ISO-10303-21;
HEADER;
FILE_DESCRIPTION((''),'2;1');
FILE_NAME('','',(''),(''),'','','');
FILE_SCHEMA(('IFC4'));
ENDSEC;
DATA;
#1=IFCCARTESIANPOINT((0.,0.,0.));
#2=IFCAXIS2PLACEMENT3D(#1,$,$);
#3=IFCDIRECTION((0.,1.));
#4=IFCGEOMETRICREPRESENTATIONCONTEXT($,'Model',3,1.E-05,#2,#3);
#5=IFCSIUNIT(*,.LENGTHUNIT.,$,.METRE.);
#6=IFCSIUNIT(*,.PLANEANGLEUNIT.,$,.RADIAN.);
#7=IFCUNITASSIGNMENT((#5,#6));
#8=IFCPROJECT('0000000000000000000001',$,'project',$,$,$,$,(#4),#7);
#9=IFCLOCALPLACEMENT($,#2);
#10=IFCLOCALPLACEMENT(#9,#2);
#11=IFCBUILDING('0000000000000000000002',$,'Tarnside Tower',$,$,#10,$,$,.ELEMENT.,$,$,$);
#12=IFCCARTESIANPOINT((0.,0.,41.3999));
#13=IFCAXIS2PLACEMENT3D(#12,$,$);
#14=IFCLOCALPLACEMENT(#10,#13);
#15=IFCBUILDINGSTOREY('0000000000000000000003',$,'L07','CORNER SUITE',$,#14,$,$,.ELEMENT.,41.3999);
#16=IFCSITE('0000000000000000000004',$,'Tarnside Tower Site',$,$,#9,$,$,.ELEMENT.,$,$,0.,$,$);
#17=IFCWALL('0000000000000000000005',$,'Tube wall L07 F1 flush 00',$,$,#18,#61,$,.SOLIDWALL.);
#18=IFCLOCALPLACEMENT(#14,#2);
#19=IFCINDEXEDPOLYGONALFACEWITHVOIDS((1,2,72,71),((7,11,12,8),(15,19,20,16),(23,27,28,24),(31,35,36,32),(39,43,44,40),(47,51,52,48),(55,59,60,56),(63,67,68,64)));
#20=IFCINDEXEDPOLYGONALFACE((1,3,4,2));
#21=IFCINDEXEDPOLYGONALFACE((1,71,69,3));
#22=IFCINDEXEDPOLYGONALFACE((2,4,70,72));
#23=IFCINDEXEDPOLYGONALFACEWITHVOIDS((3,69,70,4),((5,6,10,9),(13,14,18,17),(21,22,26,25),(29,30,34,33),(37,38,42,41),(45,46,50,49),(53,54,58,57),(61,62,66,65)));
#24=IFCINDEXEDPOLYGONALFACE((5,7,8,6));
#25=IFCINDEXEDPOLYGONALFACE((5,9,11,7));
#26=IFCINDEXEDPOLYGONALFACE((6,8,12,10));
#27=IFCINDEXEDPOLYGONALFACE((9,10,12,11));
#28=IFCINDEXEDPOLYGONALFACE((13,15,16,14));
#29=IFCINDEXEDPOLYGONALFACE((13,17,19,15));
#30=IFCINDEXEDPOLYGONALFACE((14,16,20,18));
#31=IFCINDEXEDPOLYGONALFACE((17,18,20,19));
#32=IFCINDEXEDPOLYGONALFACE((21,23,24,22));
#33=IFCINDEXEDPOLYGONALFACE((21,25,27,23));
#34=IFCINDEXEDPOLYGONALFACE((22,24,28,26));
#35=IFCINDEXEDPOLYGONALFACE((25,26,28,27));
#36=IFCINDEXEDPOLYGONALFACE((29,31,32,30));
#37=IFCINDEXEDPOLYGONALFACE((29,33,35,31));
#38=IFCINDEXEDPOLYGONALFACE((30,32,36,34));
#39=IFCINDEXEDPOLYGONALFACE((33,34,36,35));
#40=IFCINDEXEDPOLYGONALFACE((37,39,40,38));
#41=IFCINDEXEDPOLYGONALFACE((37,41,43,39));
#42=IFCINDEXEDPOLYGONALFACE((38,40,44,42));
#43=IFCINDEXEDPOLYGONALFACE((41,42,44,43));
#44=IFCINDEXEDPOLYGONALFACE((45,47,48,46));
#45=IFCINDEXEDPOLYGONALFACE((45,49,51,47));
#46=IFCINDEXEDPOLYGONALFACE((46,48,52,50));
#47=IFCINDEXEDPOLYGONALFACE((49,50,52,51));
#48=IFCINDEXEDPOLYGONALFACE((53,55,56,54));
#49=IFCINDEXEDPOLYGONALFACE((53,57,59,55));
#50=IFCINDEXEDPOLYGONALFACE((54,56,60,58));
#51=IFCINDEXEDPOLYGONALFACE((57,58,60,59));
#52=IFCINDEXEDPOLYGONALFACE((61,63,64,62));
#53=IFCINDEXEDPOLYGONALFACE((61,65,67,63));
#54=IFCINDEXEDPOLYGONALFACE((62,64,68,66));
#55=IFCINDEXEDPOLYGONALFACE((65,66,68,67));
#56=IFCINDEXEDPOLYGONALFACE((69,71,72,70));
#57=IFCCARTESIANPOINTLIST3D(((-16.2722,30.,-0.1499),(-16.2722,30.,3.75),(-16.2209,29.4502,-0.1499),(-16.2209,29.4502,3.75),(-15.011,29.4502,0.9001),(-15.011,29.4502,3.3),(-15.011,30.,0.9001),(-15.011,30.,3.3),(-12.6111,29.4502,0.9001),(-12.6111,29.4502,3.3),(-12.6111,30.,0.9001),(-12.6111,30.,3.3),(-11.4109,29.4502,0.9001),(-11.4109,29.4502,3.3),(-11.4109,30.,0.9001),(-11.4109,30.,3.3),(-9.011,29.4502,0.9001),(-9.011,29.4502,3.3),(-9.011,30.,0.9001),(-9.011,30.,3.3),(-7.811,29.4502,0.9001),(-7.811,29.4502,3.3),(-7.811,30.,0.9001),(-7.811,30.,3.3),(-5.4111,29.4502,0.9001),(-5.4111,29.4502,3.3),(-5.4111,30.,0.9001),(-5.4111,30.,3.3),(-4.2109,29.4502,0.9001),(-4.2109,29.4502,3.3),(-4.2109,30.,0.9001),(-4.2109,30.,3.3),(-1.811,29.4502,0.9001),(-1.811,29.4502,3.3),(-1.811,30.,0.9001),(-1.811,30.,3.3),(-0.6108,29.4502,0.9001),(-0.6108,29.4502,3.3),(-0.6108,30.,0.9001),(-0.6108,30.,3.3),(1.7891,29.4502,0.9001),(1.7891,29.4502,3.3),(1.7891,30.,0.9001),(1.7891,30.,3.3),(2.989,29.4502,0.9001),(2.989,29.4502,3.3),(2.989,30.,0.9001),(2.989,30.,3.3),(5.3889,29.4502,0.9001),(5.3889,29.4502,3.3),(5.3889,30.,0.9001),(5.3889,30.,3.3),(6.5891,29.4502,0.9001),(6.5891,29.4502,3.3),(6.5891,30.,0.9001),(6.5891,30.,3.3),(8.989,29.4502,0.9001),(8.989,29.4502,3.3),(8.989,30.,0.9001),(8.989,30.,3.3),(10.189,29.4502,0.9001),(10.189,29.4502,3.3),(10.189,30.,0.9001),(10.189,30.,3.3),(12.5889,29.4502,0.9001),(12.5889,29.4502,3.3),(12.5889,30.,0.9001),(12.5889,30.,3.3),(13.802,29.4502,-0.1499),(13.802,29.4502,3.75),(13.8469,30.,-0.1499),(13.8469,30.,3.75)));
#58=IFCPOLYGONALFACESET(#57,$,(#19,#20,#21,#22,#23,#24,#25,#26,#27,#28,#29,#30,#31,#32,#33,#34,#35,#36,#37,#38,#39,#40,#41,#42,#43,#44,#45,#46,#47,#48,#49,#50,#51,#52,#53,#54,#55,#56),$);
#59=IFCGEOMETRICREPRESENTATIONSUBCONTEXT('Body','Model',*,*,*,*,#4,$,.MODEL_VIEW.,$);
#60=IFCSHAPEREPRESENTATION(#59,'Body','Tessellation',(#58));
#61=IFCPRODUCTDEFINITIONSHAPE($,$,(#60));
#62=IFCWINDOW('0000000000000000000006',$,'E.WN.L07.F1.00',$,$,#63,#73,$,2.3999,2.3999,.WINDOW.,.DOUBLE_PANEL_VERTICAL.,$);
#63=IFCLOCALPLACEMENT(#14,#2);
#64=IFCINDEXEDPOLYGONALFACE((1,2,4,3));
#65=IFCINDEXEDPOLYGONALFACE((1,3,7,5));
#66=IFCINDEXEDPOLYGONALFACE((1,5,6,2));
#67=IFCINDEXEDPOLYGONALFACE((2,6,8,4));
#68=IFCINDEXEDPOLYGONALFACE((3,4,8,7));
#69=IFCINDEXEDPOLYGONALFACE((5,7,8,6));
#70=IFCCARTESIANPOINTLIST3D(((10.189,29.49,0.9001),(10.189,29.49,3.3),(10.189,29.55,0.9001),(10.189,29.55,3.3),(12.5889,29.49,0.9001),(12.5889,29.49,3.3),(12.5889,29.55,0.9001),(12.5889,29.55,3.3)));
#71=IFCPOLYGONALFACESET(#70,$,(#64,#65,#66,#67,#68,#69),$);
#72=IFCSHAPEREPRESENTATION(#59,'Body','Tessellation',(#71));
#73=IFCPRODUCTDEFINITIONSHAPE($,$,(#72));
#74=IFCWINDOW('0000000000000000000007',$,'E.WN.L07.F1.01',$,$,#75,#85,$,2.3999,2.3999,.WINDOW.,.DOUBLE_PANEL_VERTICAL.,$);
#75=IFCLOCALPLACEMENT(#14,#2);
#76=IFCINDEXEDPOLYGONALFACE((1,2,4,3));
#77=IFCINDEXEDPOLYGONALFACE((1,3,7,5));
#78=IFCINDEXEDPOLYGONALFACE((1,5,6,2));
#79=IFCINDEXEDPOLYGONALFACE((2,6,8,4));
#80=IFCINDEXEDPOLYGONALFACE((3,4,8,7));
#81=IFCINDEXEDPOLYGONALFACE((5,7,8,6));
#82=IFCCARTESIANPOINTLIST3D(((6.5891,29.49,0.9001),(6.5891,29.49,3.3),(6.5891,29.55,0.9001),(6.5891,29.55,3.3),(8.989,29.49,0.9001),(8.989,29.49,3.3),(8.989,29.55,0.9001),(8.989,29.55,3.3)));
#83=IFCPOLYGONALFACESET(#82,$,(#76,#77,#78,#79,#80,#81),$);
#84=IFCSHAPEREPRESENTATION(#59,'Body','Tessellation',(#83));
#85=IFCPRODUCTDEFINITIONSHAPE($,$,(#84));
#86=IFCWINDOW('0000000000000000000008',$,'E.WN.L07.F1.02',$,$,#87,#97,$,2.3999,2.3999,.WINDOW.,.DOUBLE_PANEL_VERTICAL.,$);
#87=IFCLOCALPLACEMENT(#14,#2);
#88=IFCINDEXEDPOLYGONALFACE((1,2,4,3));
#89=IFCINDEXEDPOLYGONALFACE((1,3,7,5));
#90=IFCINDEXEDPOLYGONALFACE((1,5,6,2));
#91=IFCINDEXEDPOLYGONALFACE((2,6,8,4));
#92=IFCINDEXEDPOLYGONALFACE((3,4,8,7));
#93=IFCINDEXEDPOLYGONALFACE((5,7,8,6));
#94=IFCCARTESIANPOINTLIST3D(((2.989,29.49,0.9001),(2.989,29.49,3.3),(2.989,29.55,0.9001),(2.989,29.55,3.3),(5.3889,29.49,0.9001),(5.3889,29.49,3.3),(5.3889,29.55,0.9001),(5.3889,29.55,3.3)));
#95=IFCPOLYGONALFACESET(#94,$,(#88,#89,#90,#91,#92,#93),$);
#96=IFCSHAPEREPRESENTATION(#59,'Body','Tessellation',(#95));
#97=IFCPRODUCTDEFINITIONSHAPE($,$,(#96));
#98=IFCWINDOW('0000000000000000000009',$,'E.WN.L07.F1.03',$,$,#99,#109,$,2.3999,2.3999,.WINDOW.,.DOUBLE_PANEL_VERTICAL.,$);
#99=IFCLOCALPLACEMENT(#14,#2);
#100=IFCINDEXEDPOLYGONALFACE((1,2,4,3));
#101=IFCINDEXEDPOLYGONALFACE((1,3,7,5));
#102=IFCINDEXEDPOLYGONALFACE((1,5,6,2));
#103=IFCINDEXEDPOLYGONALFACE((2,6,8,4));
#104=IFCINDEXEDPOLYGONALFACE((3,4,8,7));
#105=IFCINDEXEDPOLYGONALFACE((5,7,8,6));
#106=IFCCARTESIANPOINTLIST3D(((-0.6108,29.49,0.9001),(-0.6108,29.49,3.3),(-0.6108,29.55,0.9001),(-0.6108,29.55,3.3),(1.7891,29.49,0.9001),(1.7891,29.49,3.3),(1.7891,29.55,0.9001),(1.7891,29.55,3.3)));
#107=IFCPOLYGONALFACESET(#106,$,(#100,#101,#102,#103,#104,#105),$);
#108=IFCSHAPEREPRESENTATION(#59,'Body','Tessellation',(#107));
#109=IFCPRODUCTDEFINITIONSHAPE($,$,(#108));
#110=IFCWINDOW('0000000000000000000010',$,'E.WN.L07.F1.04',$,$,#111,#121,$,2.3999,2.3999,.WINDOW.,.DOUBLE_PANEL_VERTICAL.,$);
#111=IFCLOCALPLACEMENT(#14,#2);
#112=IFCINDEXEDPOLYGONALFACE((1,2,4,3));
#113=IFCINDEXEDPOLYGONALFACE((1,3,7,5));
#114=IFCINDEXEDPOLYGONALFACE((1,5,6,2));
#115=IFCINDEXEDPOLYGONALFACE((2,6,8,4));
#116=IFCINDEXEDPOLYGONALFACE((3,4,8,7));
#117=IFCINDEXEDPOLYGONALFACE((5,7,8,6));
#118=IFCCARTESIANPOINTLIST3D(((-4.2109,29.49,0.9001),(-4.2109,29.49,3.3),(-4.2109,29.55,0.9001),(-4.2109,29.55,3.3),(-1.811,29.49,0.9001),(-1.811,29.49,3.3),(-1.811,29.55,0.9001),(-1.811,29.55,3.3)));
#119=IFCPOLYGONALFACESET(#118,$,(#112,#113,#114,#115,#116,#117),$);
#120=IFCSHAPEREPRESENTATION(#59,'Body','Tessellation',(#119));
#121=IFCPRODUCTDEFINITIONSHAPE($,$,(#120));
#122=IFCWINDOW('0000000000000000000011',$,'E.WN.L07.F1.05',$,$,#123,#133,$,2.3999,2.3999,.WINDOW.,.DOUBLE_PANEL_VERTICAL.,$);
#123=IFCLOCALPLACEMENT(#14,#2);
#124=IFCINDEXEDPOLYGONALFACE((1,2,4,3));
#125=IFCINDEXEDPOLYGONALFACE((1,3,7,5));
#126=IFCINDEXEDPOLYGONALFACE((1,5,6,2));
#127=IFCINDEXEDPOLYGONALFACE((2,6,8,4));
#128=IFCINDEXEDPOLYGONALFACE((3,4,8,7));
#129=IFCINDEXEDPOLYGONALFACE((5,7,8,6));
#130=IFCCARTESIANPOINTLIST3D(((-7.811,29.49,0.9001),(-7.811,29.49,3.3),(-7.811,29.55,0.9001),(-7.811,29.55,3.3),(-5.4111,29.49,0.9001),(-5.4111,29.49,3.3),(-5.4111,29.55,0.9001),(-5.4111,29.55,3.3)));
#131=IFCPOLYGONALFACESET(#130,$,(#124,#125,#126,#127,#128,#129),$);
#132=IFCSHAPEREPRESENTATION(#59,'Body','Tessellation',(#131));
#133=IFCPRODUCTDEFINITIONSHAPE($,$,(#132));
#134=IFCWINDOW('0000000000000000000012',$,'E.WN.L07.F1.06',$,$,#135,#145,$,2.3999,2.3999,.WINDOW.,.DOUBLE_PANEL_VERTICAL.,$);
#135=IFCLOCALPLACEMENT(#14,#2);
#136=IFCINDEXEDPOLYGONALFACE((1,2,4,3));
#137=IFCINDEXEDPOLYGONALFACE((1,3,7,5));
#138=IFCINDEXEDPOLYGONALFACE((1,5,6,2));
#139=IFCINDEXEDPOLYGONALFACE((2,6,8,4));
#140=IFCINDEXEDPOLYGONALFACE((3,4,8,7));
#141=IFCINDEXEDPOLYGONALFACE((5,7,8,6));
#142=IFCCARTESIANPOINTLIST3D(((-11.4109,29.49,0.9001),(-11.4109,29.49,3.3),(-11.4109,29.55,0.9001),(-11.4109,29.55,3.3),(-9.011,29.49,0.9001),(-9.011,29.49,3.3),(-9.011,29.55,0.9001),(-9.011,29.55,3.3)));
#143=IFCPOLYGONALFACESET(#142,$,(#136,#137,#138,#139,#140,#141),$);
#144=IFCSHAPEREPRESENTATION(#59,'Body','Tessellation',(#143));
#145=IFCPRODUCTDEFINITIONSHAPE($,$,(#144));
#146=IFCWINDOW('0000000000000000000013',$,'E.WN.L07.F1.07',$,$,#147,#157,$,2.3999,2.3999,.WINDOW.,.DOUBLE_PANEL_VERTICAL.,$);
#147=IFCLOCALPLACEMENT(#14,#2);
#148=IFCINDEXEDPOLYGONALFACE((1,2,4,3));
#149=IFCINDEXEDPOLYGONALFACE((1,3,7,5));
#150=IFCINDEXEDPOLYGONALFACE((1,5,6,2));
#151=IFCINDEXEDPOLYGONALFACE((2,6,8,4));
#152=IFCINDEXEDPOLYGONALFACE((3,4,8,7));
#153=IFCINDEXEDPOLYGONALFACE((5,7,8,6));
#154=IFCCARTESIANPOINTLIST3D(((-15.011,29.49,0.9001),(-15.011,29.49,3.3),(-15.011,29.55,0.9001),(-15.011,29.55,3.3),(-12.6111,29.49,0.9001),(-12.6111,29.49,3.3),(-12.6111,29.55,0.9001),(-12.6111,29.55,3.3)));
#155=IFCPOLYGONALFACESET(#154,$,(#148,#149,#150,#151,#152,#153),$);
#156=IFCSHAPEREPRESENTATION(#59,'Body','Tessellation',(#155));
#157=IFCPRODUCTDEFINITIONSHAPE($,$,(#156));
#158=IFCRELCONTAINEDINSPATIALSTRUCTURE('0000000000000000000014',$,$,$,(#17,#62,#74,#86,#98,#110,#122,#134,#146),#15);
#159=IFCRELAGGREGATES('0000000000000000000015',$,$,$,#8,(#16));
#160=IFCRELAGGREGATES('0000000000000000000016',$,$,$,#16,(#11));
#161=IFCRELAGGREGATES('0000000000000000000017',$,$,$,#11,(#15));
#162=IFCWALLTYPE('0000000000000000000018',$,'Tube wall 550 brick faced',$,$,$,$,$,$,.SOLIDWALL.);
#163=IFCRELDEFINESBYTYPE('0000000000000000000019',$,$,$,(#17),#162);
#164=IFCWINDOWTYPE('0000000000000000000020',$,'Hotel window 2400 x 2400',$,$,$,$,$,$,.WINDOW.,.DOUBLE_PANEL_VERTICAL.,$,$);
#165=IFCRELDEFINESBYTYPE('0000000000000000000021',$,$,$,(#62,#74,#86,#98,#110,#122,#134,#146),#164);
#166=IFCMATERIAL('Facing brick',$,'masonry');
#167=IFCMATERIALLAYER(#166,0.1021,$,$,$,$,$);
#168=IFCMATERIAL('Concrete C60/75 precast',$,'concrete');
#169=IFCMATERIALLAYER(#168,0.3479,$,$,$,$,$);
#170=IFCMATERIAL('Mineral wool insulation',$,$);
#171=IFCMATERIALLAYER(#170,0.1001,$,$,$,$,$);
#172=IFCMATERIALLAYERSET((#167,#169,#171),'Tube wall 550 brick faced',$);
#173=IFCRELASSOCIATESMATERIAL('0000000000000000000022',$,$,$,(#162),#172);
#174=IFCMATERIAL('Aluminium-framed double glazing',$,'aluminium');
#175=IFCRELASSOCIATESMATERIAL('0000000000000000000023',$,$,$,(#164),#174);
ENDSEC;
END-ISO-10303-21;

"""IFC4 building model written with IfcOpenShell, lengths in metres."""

from ifc_helpers import new_model, si_unit, direction, frame, frame_2d, origin, place, context, subcontext, project, spatial, polyline, rectangle, outline, extrude, material, layer, layer_set, type_object, element, fill, save


model = new_model("IFC4")

# Units and contexts
model_context = context("Model", 3, precision=1e-05, world=origin(), true_north=direction((0.0, 1.0)))
body_context = subcontext(model_context, "Body", "Model", "MODEL_VIEW")
ifc_project = project(units=[si_unit("LENGTHUNIT", "METRE"), si_unit("PLANEANGLEUNIT", "RADIAN")], contexts=[model_context])

# Site, building, storey
site_placement = place(None, origin())
site = spatial("IfcSite", under=ifc_project, at=site_placement, Name="Tarnside Tower Site", CompositionType="ELEMENT", RefElevation=0.0)
building_placement = place(site_placement, origin())
building = spatial("IfcBuilding", under=site, at=building_placement, Name="Tarnside Tower", CompositionType="ELEMENT")
storey_placement = place(building_placement, frame((0.0, 0.0, 41.3999)))
storey = spatial("IfcBuildingStorey", under=building, at=storey_placement, Name="L07", Description="CORNER SUITE", CompositionType="ELEMENT", Elevation=41.3999)

# Wall, openings, windows
ifc_material_1 = material(Name="Facing brick", Category="masonry")
ifc_layer_1 = layer(ifc_material_1, 0.1021)
ifc_material_2 = material(Name="Concrete C60/75 precast", Category="concrete")
ifc_layer_2 = layer(ifc_material_2, 0.3479)
ifc_material_3 = material(Name="Mineral wool insulation")
ifc_layer_3 = layer(ifc_material_3, 0.1001)
ifc_layer_set_1 = layer_set([ifc_layer_1, ifc_layer_2, ifc_layer_3], Name="Tube wall 550 brick faced")
wall_type_1 = type_object("IfcWallType", Name="Tube wall 550 brick faced", PredefinedType="SOLIDWALL", material=ifc_layer_set_1)
wall_1_placement = place(storey_placement, frame((13.8245, 29.7251, -0.1499), z_axis=(0.0, 0.0, 1.0), x_axis=(-1.0, 0.0, 0.0)))
wall_1 = element("IfcWall", 1, at=wall_1_placement, inside=storey, type_object=wall_type_1, Name="Tube wall L07 F1 flush 00", PredefinedType="SOLIDWALL", context=body_context, shape_type="SweptSolid", body=[
    extrude(outline(polyline([(-0.0225, -0.2749), (30.0967, -0.2749), (30.0454, 0.2749), (0.0225, 0.2749), (-0.0225, -0.2749)])), origin(), (0.0, 0.0, 1.0), 3.8999),
])
opening_1_placement = place(wall_1_placement, frame((1.2356, 0.0, 1.05)))
opening_1 = element("IfcOpeningElement", 2, at=opening_1_placement, cuts=wall_1, PredefinedType="OPENING", context=body_context, shape_type="SweptSolid", body=[
    extrude(rectangle(XDim=2.3999, YDim=2.3999, at=frame_2d((1.2, 1.2))), frame((0.0, 0.2852, 0.0), z_axis=(0.0, -1.0, 0.0), x_axis=(1.0, 0.0, 0.0)), (0.0, 0.0, 1.0), 0.5701),
])
opening_2_placement = place(wall_1_placement, frame((4.8354, 0.0, 1.05)))
opening_2 = element("IfcOpeningElement", 3, at=opening_2_placement, cuts=wall_1, PredefinedType="OPENING", context=body_context, shape_type="SweptSolid", body=[
    extrude(rectangle(XDim=2.3999, YDim=2.3999, at=frame_2d((1.2, 1.2))), frame((0.0, 0.2852, 0.0), z_axis=(0.0, -1.0, 0.0), x_axis=(1.0, 0.0, 0.0)), (0.0, 0.0, 1.0), 0.5701),
])
opening_3_placement = place(wall_1_placement, frame((8.4355, 0.0, 1.05)))
opening_3 = element("IfcOpeningElement", 4, at=opening_3_placement, cuts=wall_1, PredefinedType="OPENING", context=body_context, shape_type="SweptSolid", body=[
    extrude(rectangle(XDim=2.3999, YDim=2.3999, at=frame_2d((1.2, 1.2))), frame((0.0, 0.2852, 0.0), z_axis=(0.0, -1.0, 0.0), x_axis=(1.0, 0.0, 0.0)), (0.0, 0.0, 1.0), 0.5701),
])
opening_4_placement = place(wall_1_placement, frame((12.0354, 0.0, 1.05)))
opening_4 = element("IfcOpeningElement", 5, at=opening_4_placement, cuts=wall_1, PredefinedType="OPENING", context=body_context, shape_type="SweptSolid", body=[
    extrude(rectangle(XDim=2.3999, YDim=2.3999, at=frame_2d((1.2, 1.2))), frame((0.0, 0.2852, 0.0), z_axis=(0.0, -1.0, 0.0), x_axis=(1.0, 0.0, 0.0)), (0.0, 0.0, 1.0), 0.5701),
])
opening_5_placement = place(wall_1_placement, frame((15.6355, 0.0, 1.05)))
opening_5 = element("IfcOpeningElement", 6, at=opening_5_placement, cuts=wall_1, PredefinedType="OPENING", context=body_context, shape_type="SweptSolid", body=[
    extrude(rectangle(XDim=2.3999, YDim=2.3999, at=frame_2d((1.2, 1.2))), frame((0.0, 0.2852, 0.0), z_axis=(0.0, -1.0, 0.0), x_axis=(1.0, 0.0, 0.0)), (0.0, 0.0, 1.0), 0.5701),
])
opening_6_placement = place(wall_1_placement, frame((19.2356, 0.0, 1.05)))
opening_6 = element("IfcOpeningElement", 7, at=opening_6_placement, cuts=wall_1, PredefinedType="OPENING", context=body_context, shape_type="SweptSolid", body=[
    extrude(rectangle(XDim=2.3999, YDim=2.3999, at=frame_2d((1.2, 1.2))), frame((0.0, 0.2852, 0.0), z_axis=(0.0, -1.0, 0.0), x_axis=(1.0, 0.0, 0.0)), (0.0, 0.0, 1.0), 0.5701),
])
opening_7_placement = place(wall_1_placement, frame((22.8354, 0.0, 1.05)))
opening_7 = element("IfcOpeningElement", 8, at=opening_7_placement, cuts=wall_1, PredefinedType="OPENING", context=body_context, shape_type="SweptSolid", body=[
    extrude(rectangle(XDim=2.3999, YDim=2.3999, at=frame_2d((1.2, 1.2))), frame((0.0, 0.2852, 0.0), z_axis=(0.0, -1.0, 0.0), x_axis=(1.0, 0.0, 0.0)), (0.0, 0.0, 1.0), 0.5701),
])
opening_8_placement = place(wall_1_placement, frame((26.4355, 0.0, 1.05)))
opening_8 = element("IfcOpeningElement", 9, at=opening_8_placement, cuts=wall_1, PredefinedType="OPENING", context=body_context, shape_type="SweptSolid", body=[
    extrude(rectangle(XDim=2.3999, YDim=2.3999, at=frame_2d((1.2, 1.2))), frame((0.0, 0.2852, 0.0), z_axis=(0.0, -1.0, 0.0), x_axis=(1.0, 0.0, 0.0)), (0.0, 0.0, 1.0), 0.5701),
])
ifc_material_4 = material(Name="Aluminium-framed double glazing", Category="aluminium")
window_type = type_object("IfcWindowType", Name="Hotel window 2400 x 2400", PartitioningType="DOUBLE_PANEL_VERTICAL", PredefinedType="WINDOW", material=ifc_material_4)
window_1_placement = place(opening_1_placement, frame((0.0, 0.2051, 0.0)))
window_1 = element("IfcWindow", 10, at=window_1_placement, inside=storey, type_object=window_type, Name="E.WN.L07.F1.00", OverallHeight=2.3999, OverallWidth=2.3999, PartitioningType="DOUBLE_PANEL_VERTICAL", PredefinedType="WINDOW", context=body_context, shape_type="SweptSolid", body=[
    extrude(rectangle(XDim=2.3999, YDim=2.3999, at=frame_2d((1.2, 1.2))), frame((0.0, 0.03, 0.0), z_axis=(0.0, -1.0, 0.0), x_axis=(1.0, 0.0, 0.0)), (0.0, 0.0, 1.0), 0.0601),
])
fill(opening_1, window_1)
window_2_placement = place(opening_2_placement, frame((0.0, 0.2051, 0.0)))
window_2 = element("IfcWindow", 11, at=window_2_placement, inside=storey, type_object=window_type, Name="E.WN.L07.F1.01", OverallHeight=2.3999, OverallWidth=2.3999, PartitioningType="DOUBLE_PANEL_VERTICAL", PredefinedType="WINDOW", context=body_context, shape_type="SweptSolid", body=[
    extrude(rectangle(XDim=2.3999, YDim=2.3999, at=frame_2d((1.2, 1.2))), frame((0.0, 0.03, 0.0), z_axis=(0.0, -1.0, 0.0), x_axis=(1.0, 0.0, 0.0)), (0.0, 0.0, 1.0), 0.0601),
])
fill(opening_2, window_2)
window_3_placement = place(opening_3_placement, frame((0.0, 0.2051, 0.0)))
window_3 = element("IfcWindow", 12, at=window_3_placement, inside=storey, type_object=window_type, Name="E.WN.L07.F1.02", OverallHeight=2.3999, OverallWidth=2.3999, PartitioningType="DOUBLE_PANEL_VERTICAL", PredefinedType="WINDOW", context=body_context, shape_type="SweptSolid", body=[
    extrude(rectangle(XDim=2.3999, YDim=2.3999, at=frame_2d((1.2, 1.2))), frame((0.0, 0.03, 0.0), z_axis=(0.0, -1.0, 0.0), x_axis=(1.0, 0.0, 0.0)), (0.0, 0.0, 1.0), 0.0601),
])
fill(opening_3, window_3)
window_4_placement = place(opening_4_placement, frame((0.0, 0.2051, 0.0)))
window_4 = element("IfcWindow", 13, at=window_4_placement, inside=storey, type_object=window_type, Name="E.WN.L07.F1.03", OverallHeight=2.3999, OverallWidth=2.3999, PartitioningType="DOUBLE_PANEL_VERTICAL", PredefinedType="WINDOW", context=body_context, shape_type="SweptSolid", body=[
    extrude(rectangle(XDim=2.3999, YDim=2.3999, at=frame_2d((1.2, 1.2))), frame((0.0, 0.03, 0.0), z_axis=(0.0, -1.0, 0.0), x_axis=(1.0, 0.0, 0.0)), (0.0, 0.0, 1.0), 0.0601),
])
fill(opening_4, window_4)
window_5_placement = place(opening_5_placement, frame((0.0, 0.2051, 0.0)))
window_5 = element("IfcWindow", 14, at=window_5_placement, inside=storey, type_object=window_type, Name="E.WN.L07.F1.04", OverallHeight=2.3999, OverallWidth=2.3999, PartitioningType="DOUBLE_PANEL_VERTICAL", PredefinedType="WINDOW", context=body_context, shape_type="SweptSolid", body=[
    extrude(rectangle(XDim=2.3999, YDim=2.3999, at=frame_2d((1.2, 1.2))), frame((0.0, 0.03, 0.0), z_axis=(0.0, -1.0, 0.0), x_axis=(1.0, 0.0, 0.0)), (0.0, 0.0, 1.0), 0.0601),
])
fill(opening_5, window_5)
window_6_placement = place(opening_6_placement, frame((0.0, 0.2051, 0.0)))
window_6 = element("IfcWindow", 15, at=window_6_placement, inside=storey, type_object=window_type, Name="E.WN.L07.F1.05", OverallHeight=2.3999, OverallWidth=2.3999, PartitioningType="DOUBLE_PANEL_VERTICAL", PredefinedType="WINDOW", context=body_context, shape_type="SweptSolid", body=[
    extrude(rectangle(XDim=2.3999, YDim=2.3999, at=frame_2d((1.2, 1.2))), frame((0.0, 0.03, 0.0), z_axis=(0.0, -1.0, 0.0), x_axis=(1.0, 0.0, 0.0)), (0.0, 0.0, 1.0), 0.0601),
])
fill(opening_6, window_6)
window_7_placement = place(opening_7_placement, frame((0.0, 0.2051, 0.0)))
window_7 = element("IfcWindow", 16, at=window_7_placement, inside=storey, type_object=window_type, Name="E.WN.L07.F1.06", OverallHeight=2.3999, OverallWidth=2.3999, PartitioningType="DOUBLE_PANEL_VERTICAL", PredefinedType="WINDOW", context=body_context, shape_type="SweptSolid", body=[
    extrude(rectangle(XDim=2.3999, YDim=2.3999, at=frame_2d((1.2, 1.2))), frame((0.0, 0.03, 0.0), z_axis=(0.0, -1.0, 0.0), x_axis=(1.0, 0.0, 0.0)), (0.0, 0.0, 1.0), 0.0601),
])
fill(opening_7, window_7)
window_8_placement = place(opening_8_placement, frame((0.0, 0.2051, 0.0)))
window_8 = element("IfcWindow", 17, at=window_8_placement, inside=storey, type_object=window_type, Name="E.WN.L07.F1.07", OverallHeight=2.3999, OverallWidth=2.3999, PartitioningType="DOUBLE_PANEL_VERTICAL", PredefinedType="WINDOW", context=body_context, shape_type="SweptSolid", body=[
    extrude(rectangle(XDim=2.3999, YDim=2.3999, at=frame_2d((1.2, 1.2))), frame((0.0, 0.03, 0.0), z_axis=(0.0, -1.0, 0.0), x_axis=(1.0, 0.0, 0.0)), (0.0, 0.0, 1.0), 0.0601),
])
fill(opening_8, window_8)

save(model, "model.ifc")
